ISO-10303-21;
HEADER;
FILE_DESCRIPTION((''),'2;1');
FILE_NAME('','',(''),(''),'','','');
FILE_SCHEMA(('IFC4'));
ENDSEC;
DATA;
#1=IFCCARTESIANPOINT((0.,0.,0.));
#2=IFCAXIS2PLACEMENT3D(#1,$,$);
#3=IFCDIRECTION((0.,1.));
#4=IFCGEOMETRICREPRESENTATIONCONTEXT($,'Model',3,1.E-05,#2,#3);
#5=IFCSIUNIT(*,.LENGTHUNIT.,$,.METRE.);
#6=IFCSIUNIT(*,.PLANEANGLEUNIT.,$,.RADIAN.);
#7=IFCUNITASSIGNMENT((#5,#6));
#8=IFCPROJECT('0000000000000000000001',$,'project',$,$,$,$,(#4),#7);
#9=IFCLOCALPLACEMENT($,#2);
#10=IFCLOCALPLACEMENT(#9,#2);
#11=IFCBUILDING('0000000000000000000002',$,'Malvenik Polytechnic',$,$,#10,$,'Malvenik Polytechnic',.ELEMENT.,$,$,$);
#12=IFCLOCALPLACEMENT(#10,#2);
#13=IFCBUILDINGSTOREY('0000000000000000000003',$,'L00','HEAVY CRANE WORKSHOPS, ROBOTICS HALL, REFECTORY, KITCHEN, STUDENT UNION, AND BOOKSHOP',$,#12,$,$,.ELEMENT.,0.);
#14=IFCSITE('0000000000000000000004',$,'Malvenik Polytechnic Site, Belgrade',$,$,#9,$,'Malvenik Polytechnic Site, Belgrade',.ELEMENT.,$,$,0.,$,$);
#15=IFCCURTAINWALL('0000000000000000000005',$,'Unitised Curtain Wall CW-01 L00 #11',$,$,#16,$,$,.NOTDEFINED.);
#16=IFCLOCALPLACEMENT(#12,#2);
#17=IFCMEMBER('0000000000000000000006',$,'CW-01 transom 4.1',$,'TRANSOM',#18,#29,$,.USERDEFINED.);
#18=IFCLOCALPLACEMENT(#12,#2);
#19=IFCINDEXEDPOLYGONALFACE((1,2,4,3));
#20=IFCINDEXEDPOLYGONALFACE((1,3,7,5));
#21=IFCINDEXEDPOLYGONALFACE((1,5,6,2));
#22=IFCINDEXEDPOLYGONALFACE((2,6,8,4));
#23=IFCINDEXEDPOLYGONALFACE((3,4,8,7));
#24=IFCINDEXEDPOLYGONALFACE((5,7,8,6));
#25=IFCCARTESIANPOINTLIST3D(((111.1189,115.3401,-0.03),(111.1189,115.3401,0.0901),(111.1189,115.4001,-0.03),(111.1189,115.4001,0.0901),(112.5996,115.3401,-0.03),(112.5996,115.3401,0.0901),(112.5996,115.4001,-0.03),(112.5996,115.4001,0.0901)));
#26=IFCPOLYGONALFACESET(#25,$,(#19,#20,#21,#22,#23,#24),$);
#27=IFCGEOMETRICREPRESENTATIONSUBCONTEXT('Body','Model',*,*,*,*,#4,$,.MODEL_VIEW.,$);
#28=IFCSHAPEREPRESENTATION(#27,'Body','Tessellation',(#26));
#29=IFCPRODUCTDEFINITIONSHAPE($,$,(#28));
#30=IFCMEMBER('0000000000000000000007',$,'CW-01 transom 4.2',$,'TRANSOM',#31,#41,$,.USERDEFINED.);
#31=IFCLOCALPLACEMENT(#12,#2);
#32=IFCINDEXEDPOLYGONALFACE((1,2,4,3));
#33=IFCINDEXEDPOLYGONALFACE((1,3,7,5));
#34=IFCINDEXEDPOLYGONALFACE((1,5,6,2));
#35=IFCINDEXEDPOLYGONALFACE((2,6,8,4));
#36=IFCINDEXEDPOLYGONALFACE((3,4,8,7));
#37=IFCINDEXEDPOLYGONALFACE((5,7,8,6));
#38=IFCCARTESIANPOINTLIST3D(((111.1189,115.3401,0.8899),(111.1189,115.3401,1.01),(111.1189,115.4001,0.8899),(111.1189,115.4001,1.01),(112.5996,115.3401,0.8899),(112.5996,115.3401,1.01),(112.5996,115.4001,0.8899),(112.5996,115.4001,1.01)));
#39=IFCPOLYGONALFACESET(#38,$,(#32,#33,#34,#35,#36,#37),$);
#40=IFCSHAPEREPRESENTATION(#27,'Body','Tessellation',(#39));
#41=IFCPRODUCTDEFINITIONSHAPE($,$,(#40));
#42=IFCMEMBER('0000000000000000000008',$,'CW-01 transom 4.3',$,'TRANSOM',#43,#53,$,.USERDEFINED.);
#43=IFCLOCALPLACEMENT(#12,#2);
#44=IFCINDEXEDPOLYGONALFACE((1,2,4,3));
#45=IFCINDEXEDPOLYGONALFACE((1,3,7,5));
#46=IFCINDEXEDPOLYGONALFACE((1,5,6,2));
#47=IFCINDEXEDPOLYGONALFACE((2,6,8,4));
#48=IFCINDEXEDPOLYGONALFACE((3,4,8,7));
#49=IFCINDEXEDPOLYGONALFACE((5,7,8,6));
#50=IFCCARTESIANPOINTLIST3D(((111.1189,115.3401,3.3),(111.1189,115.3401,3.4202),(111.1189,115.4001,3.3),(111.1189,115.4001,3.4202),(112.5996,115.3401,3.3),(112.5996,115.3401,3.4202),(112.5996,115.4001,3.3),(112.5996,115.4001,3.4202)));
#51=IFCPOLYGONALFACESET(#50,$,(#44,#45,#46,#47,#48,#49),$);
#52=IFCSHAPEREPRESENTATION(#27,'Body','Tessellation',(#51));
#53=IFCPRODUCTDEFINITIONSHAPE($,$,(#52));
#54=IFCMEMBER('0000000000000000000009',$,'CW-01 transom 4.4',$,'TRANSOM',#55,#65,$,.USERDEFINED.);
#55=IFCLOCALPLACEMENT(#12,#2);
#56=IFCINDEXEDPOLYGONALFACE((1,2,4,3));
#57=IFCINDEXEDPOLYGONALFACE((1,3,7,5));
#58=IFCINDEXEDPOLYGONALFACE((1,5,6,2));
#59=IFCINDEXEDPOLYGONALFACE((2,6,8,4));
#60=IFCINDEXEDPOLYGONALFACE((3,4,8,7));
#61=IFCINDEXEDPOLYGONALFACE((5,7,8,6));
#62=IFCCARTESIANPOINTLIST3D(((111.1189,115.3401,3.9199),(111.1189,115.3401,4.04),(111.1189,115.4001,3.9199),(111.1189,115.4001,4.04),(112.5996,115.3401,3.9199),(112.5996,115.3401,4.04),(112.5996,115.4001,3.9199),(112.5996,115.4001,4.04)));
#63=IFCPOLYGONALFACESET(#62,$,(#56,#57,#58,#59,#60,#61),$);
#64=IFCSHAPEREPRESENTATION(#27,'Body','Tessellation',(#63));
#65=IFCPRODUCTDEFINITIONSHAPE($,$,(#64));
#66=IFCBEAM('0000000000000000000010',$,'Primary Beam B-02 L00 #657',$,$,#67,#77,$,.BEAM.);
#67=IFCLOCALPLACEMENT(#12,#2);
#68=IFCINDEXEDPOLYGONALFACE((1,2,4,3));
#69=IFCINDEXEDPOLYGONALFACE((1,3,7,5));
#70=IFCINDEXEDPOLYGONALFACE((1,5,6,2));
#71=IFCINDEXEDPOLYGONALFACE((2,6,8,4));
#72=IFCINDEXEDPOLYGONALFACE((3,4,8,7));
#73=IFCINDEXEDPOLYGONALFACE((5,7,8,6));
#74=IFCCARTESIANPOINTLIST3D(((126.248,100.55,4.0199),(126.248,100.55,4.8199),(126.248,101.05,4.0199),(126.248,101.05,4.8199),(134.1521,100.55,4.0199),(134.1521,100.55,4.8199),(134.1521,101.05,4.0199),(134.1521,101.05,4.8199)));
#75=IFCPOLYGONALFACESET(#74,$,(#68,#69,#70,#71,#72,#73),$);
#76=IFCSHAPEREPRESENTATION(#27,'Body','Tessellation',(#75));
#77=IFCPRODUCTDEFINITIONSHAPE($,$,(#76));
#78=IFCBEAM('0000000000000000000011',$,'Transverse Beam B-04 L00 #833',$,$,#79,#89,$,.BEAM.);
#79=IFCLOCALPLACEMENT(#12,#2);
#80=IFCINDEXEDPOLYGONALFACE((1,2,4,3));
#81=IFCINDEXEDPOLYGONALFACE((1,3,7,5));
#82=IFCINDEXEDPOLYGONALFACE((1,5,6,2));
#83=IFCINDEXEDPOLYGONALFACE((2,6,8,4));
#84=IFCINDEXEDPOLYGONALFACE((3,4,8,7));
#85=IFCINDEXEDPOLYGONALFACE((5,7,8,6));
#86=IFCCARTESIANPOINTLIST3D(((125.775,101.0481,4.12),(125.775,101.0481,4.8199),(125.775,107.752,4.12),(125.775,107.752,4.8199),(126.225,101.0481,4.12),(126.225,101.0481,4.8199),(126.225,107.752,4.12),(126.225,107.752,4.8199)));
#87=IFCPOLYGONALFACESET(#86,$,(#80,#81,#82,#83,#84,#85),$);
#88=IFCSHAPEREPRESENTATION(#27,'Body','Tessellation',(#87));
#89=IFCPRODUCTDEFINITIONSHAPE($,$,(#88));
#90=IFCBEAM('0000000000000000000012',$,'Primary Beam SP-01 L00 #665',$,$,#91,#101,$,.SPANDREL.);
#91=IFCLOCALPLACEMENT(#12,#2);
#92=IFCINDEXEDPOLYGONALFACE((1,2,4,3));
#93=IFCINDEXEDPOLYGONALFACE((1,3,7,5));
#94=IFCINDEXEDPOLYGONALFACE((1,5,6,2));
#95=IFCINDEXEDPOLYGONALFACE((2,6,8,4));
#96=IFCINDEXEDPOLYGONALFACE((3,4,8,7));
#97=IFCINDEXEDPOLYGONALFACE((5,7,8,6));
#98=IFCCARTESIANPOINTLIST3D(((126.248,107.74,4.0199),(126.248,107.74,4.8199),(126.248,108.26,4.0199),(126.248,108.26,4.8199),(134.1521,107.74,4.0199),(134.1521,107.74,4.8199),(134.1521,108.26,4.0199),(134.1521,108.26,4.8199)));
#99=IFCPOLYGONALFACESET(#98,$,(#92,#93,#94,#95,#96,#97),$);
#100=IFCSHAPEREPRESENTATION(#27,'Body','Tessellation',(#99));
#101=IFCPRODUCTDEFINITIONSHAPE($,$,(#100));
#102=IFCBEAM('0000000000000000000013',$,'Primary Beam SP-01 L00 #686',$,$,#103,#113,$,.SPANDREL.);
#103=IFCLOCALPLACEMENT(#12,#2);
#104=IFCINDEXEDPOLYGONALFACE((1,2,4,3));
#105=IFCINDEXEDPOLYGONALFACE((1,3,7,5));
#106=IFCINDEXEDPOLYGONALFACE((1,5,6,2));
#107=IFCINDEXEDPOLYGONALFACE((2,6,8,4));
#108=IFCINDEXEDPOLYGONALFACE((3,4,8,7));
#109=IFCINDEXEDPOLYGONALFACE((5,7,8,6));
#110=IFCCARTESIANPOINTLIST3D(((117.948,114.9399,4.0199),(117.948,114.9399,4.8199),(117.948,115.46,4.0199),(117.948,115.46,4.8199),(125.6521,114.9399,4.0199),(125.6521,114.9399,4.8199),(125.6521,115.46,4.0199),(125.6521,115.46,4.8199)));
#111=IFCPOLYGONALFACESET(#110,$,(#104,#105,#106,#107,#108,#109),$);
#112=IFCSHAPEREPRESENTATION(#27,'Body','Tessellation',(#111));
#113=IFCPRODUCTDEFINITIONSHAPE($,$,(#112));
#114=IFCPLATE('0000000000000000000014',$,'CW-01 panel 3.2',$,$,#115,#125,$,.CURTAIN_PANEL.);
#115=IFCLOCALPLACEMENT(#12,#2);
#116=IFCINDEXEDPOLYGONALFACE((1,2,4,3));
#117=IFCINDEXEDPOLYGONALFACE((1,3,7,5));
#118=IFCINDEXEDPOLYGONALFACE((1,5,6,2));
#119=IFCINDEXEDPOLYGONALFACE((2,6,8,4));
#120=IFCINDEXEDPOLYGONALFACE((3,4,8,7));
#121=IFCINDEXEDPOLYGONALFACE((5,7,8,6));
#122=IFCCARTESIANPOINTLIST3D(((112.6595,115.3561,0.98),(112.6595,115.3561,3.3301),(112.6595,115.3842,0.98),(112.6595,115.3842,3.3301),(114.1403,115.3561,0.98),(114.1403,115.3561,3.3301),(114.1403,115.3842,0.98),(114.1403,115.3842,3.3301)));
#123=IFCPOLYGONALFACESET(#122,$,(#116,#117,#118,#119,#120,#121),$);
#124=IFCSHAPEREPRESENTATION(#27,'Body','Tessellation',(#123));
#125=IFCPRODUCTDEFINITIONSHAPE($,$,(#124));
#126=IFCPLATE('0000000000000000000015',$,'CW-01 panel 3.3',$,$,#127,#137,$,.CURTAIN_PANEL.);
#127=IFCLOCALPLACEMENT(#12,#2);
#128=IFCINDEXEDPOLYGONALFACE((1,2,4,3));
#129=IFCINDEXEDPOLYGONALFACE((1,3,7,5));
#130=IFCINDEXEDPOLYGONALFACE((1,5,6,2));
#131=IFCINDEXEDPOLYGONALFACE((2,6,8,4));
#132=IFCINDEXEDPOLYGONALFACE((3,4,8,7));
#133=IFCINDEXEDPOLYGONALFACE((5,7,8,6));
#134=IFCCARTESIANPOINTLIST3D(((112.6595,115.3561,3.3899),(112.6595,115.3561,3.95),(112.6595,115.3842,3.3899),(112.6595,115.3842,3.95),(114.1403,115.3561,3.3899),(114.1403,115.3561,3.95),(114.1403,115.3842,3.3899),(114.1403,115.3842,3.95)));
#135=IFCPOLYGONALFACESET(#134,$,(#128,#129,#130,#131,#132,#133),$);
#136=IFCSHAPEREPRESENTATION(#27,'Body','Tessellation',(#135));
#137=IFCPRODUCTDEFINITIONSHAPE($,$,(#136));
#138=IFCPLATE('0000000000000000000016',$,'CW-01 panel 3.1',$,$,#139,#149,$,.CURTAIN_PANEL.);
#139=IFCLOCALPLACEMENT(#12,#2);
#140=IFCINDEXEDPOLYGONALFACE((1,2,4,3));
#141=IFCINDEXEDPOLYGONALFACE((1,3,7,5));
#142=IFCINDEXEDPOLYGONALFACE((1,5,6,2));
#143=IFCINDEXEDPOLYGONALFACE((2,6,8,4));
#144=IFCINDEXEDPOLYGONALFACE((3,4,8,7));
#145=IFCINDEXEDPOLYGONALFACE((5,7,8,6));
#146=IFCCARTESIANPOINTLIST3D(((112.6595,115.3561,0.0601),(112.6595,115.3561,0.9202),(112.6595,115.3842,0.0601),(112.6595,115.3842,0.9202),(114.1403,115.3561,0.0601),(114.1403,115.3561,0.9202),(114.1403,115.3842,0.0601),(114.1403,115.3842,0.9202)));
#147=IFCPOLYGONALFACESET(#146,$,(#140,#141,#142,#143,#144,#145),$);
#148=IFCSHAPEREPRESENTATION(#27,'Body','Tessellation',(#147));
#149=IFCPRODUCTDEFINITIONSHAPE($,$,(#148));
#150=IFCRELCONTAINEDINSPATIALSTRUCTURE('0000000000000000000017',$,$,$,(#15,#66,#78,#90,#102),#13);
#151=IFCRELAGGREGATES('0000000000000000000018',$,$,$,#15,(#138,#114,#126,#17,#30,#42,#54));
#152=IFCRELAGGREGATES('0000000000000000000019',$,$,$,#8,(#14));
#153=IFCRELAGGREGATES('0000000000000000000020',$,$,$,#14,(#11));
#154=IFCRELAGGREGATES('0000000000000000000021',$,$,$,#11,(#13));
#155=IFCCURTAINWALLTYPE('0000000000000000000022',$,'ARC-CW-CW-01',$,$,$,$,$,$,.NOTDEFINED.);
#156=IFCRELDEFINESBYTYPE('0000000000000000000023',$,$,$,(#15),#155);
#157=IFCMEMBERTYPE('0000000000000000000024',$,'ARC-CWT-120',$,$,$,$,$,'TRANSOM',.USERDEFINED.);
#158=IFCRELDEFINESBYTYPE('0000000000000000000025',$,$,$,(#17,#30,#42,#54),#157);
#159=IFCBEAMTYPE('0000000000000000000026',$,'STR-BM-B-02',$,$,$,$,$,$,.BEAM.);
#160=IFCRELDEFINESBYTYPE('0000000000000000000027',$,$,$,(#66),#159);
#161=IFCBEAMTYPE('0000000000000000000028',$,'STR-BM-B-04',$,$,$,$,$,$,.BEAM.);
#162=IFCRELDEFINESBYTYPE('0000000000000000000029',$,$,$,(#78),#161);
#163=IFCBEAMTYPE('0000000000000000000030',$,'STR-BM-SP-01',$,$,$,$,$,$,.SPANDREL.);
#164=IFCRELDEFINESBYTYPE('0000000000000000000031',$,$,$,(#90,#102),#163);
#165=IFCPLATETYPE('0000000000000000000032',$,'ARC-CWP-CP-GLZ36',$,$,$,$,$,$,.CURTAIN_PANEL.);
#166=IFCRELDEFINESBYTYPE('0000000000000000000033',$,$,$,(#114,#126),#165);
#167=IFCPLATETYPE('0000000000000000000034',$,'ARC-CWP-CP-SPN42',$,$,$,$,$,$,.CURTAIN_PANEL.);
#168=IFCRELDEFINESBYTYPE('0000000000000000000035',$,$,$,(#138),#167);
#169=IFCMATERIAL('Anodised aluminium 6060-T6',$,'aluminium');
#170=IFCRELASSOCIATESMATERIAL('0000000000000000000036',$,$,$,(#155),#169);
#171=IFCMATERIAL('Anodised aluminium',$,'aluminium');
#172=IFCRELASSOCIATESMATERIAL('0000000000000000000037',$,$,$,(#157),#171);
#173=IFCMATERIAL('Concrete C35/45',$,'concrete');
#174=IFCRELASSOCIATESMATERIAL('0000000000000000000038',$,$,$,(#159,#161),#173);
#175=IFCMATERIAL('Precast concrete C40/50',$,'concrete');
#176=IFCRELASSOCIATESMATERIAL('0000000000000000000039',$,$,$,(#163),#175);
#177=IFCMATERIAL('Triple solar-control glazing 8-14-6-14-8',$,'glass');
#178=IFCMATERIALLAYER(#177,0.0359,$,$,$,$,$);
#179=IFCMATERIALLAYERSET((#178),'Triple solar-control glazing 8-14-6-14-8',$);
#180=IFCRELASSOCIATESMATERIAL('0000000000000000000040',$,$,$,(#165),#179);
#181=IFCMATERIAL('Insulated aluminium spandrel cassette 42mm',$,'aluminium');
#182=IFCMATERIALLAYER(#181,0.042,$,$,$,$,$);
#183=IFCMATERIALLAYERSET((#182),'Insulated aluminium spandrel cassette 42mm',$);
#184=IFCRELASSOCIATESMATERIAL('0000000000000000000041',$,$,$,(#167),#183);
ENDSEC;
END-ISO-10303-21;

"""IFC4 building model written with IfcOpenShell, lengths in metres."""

from ifc_helpers import new_model, si_unit, direction, frame, origin, origin_2d, place, context, subcontext, project, spatial, rectangle, extrude, material, layer, layer_set, material_profile, profile_set, type_object, element, aggregate, save


model = new_model("IFC4")

# Units and contexts
model_context = context("Model", 3, precision=1e-05, world=origin(), true_north=direction((0.0, 1.0)))
body_context = subcontext(model_context, "Body", "Model", "MODEL_VIEW")
ifc_project = project(units=[si_unit("LENGTHUNIT", "METRE"), si_unit("PLANEANGLEUNIT", "RADIAN")], contexts=[model_context])

# Site, building, storey
site_placement = place(None, origin())
site = spatial("IfcSite", under=ifc_project, at=site_placement, Name="Malvenik Polytechnic Site, Belgrade", LongName="Malvenik Polytechnic Site, Belgrade", CompositionType="ELEMENT", RefElevation=0.0)
building_placement = place(site_placement, origin())
building = spatial("IfcBuilding", under=site, at=building_placement, Name="Malvenik Polytechnic", LongName="Malvenik Polytechnic", CompositionType="ELEMENT")
storey_placement = place(building_placement, origin())
storey = spatial("IfcBuildingStorey", under=building, at=storey_placement, Name="L00", Description="HEAVY CRANE WORKSHOPS, ROBOTICS HALL, REFECTORY, KITCHEN, STUDENT UNION, AND BOOKSHOP", CompositionType="ELEMENT", Elevation=0.0)

# Shared definitions
ifc_material_1 = material(Name="Concrete C35/45", Category="concrete")

# Curtain wall, members
ifc_material_2 = material(Name="Anodised aluminium 6060-T6", Category="aluminium")
curtain_wall_type = type_object("IfcCurtainWallType", Name="ARC-CW-CW-01", PredefinedType="NOTDEFINED", material=ifc_material_2)
curtain_wall_placement = place(storey_placement, origin())
curtain_wall = element("IfcCurtainWall", 1, at=curtain_wall_placement, inside=storey, type_object=curtain_wall_type, Name="Unitised Curtain Wall CW-01 L00 #11", PredefinedType="NOTDEFINED")
ifc_material_3 = material(Name="Anodised aluminium", Category="aluminium")
ifc_material_profile_1 = material_profile(ifc_material_3, rectangle(XDim=0.0601, YDim=0.1201, at=origin_2d()), Name="ALU TRANSOM 60x120")
ifc_profile_set_1 = profile_set([ifc_material_profile_1], Name="Anodised aluminium")
member_type_1 = type_object("IfcMemberType", Name="ARC-CWT-120", ElementType="TRANSOM", PredefinedType="USERDEFINED", material=ifc_profile_set_1)
member_1_placement = place(storey_placement, frame((112.5996, 115.3701, 0.03), z_axis=(-1.0, 0.0, 0.0), x_axis=(0.0, -1.0, 0.0)))
member_1 = element("IfcMember", 2, at=member_1_placement, type_object=member_type_1, Name="CW-01 transom 4.1", ObjectType="TRANSOM", PredefinedType="USERDEFINED", context=body_context, shape_type="SweptSolid", body=[
    extrude(rectangle(XDim=0.0601, YDim=0.1201, at=origin_2d()), origin(), (0.0, 0.0, 1.0), 1.4807),
])
member_2_placement = place(storey_placement, frame((112.5996, 115.3701, 0.95), z_axis=(-1.0, 0.0, 0.0), x_axis=(0.0, -1.0, 0.0)))
member_2 = element("IfcMember", 3, at=member_2_placement, type_object=member_type_1, Name="CW-01 transom 4.2", ObjectType="TRANSOM", PredefinedType="USERDEFINED", context=body_context, shape_type="SweptSolid", body=[
    extrude(rectangle(XDim=0.0601, YDim=0.1201, at=origin_2d()), origin(), (0.0, 0.0, 1.0), 1.4807),
])
member_3_placement = place(storey_placement, frame((112.5996, 115.3701, 3.3601), z_axis=(-1.0, 0.0, 0.0), x_axis=(0.0, -1.0, 0.0)))
member_3 = element("IfcMember", 4, at=member_3_placement, type_object=member_type_1, Name="CW-01 transom 4.3", ObjectType="TRANSOM", PredefinedType="USERDEFINED", context=body_context, shape_type="SweptSolid", body=[
    extrude(rectangle(XDim=0.0601, YDim=0.1201, at=origin_2d()), origin(), (0.0, 0.0, 1.0), 1.4807),
])
member_4_placement = place(storey_placement, frame((112.5996, 115.3701, 3.98), z_axis=(-1.0, 0.0, 0.0), x_axis=(0.0, -1.0, 0.0)))
member_4 = element("IfcMember", 5, at=member_4_placement, type_object=member_type_1, Name="CW-01 transom 4.4", ObjectType="TRANSOM", PredefinedType="USERDEFINED", context=body_context, shape_type="SweptSolid", body=[
    extrude(rectangle(XDim=0.0601, YDim=0.1201, at=origin_2d()), origin(), (0.0, 0.0, 1.0), 1.4807),
])

# Beams
ifc_material_profile_2 = material_profile(ifc_material_1, rectangle(XDim=0.5, YDim=0.8, at=origin_2d()), Name="RC BM 500x800")
ifc_profile_set_2 = profile_set([ifc_material_profile_2], Name="Concrete C35/45")
beam_type_1 = type_object("IfcBeamType", Name="STR-BM-B-02", PredefinedType="BEAM", material=ifc_profile_set_2)
beam_1_placement = place(storey_placement, frame((126.248, 100.8, 4.4199), z_axis=(1.0, 0.0, 0.0), x_axis=(0.0, 1.0, 0.0)))
element("IfcBeam", 6, at=beam_1_placement, inside=storey, type_object=beam_type_1, Name="Primary Beam B-02 L00 #657", PredefinedType="BEAM", context=body_context, shape_type="SweptSolid", body=[
    extrude(rectangle(XDim=0.5, YDim=0.8, at=origin_2d()), origin(), (0.0, 0.0, 1.0), 7.9041),
])
ifc_material_profile_3 = material_profile(ifc_material_1, rectangle(XDim=0.45, YDim=0.7, at=origin_2d()), Name="RC BM 450x700")
ifc_profile_set_3 = profile_set([ifc_material_profile_3], Name="Concrete C35/45")
beam_type_2 = type_object("IfcBeamType", Name="STR-BM-B-04", PredefinedType="BEAM", material=ifc_profile_set_3)
beam_2_placement = place(storey_placement, frame((126.0, 101.0481, 4.47), z_axis=(0.0, 1.0, 0.0), x_axis=(-1.0, 0.0, 0.0)))
element("IfcBeam", 7, at=beam_2_placement, inside=storey, type_object=beam_type_2, Name="Transverse Beam B-04 L00 #833", PredefinedType="BEAM", context=body_context, shape_type="SweptSolid", body=[
    extrude(rectangle(XDim=0.45, YDim=0.7, at=origin_2d()), origin(), (0.0, 0.0, 1.0), 6.7039),
])
ifc_material_4 = material(Name="Precast concrete C40/50", Category="concrete")
ifc_material_profile_4 = material_profile(ifc_material_4, rectangle(XDim=0.52, YDim=0.8, at=origin_2d()), Name="PC SPN 520x800")
ifc_profile_set_4 = profile_set([ifc_material_profile_4], Name="Precast concrete C40/50")
beam_type_3 = type_object("IfcBeamType", Name="STR-BM-SP-01", PredefinedType="SPANDREL", material=ifc_profile_set_4)
beam_3_placement = place(storey_placement, frame((126.248, 108.0, 4.4199), z_axis=(1.0, 0.0, 0.0), x_axis=(0.0, 1.0, 0.0)))
element("IfcBeam", 8, at=beam_3_placement, inside=storey, type_object=beam_type_3, Name="Primary Beam SP-01 L00 #665", PredefinedType="SPANDREL", context=body_context, shape_type="SweptSolid", body=[
    extrude(rectangle(XDim=0.52, YDim=0.8, at=origin_2d()), origin(), (0.0, 0.0, 1.0), 7.9041),
])
beam_4_placement = place(storey_placement, frame((117.948, 115.2, 4.4199), z_axis=(1.0, 0.0, 0.0), x_axis=(0.0, 1.0, 0.0)))
element("IfcBeam", 9, at=beam_4_placement, inside=storey, type_object=beam_type_3, Name="Primary Beam SP-01 L00 #686", PredefinedType="SPANDREL", context=body_context, shape_type="SweptSolid", body=[
    extrude(rectangle(XDim=0.52, YDim=0.8, at=origin_2d()), origin(), (0.0, 0.0, 1.0), 7.7041),
])

# Plates
ifc_material_5 = material(Name="Triple solar-control glazing 8-14-6-14-8", Category="glass")
ifc_layer_1 = layer(ifc_material_5, 0.0359)
ifc_layer_set_1 = layer_set([ifc_layer_1], Name="Triple solar-control glazing 8-14-6-14-8")
plate_type_1 = type_object("IfcPlateType", Name="ARC-CWP-CP-GLZ36", PredefinedType="CURTAIN_PANEL", material=ifc_layer_set_1)
plate_1_placement = place(storey_placement, frame((113.3999, 115.3701, 0.98), z_axis=(0.0, 0.0, 1.0), x_axis=(-1.0, 0.0, 0.0)))
plate_1 = element("IfcPlate", 10, at=plate_1_placement, type_object=plate_type_1, Name="CW-01 panel 3.2", PredefinedType="CURTAIN_PANEL", context=body_context, shape_type="SweptSolid", body=[
    extrude(rectangle(XDim=1.4807, YDim=0.0281, at=origin_2d()), origin(), (0.0, 0.0, 1.0), 2.3501),
])
plate_2_placement = place(storey_placement, frame((113.3999, 115.3701, 3.3899), z_axis=(0.0, 0.0, 1.0), x_axis=(-1.0, 0.0, 0.0)))
plate_2 = element("IfcPlate", 11, at=plate_2_placement, type_object=plate_type_1, Name="CW-01 panel 3.3", PredefinedType="CURTAIN_PANEL", context=body_context, shape_type="SweptSolid", body=[
    extrude(rectangle(XDim=1.4807, YDim=0.0281, at=origin_2d()), origin(), (0.0, 0.0, 1.0), 0.5601),
])
ifc_material_6 = material(Name="Insulated aluminium spandrel cassette 42mm", Category="aluminium")
ifc_layer_2 = layer(ifc_material_6, 0.042)
ifc_layer_set_2 = layer_set([ifc_layer_2], Name="Insulated aluminium spandrel cassette 42mm")
plate_type_2 = type_object("IfcPlateType", Name="ARC-CWP-CP-SPN42", PredefinedType="CURTAIN_PANEL", material=ifc_layer_set_2)
plate_3_placement = place(storey_placement, frame((113.3999, 115.3701, 0.0601), z_axis=(0.0, 0.0, 1.0), x_axis=(-1.0, 0.0, 0.0)))
plate_3 = element("IfcPlate", 12, at=plate_3_placement, type_object=plate_type_2, Name="CW-01 panel 3.1", PredefinedType="CURTAIN_PANEL", context=body_context, shape_type="SweptSolid", body=[
    extrude(rectangle(XDim=1.4807, YDim=0.0281, at=origin_2d()), origin(), (0.0, 0.0, 1.0), 0.8601),
])
aggregate(curtain_wall, [plate_3, plate_1, plate_2, member_1, member_2, member_3, member_4])

save(model, "model.ifc")
